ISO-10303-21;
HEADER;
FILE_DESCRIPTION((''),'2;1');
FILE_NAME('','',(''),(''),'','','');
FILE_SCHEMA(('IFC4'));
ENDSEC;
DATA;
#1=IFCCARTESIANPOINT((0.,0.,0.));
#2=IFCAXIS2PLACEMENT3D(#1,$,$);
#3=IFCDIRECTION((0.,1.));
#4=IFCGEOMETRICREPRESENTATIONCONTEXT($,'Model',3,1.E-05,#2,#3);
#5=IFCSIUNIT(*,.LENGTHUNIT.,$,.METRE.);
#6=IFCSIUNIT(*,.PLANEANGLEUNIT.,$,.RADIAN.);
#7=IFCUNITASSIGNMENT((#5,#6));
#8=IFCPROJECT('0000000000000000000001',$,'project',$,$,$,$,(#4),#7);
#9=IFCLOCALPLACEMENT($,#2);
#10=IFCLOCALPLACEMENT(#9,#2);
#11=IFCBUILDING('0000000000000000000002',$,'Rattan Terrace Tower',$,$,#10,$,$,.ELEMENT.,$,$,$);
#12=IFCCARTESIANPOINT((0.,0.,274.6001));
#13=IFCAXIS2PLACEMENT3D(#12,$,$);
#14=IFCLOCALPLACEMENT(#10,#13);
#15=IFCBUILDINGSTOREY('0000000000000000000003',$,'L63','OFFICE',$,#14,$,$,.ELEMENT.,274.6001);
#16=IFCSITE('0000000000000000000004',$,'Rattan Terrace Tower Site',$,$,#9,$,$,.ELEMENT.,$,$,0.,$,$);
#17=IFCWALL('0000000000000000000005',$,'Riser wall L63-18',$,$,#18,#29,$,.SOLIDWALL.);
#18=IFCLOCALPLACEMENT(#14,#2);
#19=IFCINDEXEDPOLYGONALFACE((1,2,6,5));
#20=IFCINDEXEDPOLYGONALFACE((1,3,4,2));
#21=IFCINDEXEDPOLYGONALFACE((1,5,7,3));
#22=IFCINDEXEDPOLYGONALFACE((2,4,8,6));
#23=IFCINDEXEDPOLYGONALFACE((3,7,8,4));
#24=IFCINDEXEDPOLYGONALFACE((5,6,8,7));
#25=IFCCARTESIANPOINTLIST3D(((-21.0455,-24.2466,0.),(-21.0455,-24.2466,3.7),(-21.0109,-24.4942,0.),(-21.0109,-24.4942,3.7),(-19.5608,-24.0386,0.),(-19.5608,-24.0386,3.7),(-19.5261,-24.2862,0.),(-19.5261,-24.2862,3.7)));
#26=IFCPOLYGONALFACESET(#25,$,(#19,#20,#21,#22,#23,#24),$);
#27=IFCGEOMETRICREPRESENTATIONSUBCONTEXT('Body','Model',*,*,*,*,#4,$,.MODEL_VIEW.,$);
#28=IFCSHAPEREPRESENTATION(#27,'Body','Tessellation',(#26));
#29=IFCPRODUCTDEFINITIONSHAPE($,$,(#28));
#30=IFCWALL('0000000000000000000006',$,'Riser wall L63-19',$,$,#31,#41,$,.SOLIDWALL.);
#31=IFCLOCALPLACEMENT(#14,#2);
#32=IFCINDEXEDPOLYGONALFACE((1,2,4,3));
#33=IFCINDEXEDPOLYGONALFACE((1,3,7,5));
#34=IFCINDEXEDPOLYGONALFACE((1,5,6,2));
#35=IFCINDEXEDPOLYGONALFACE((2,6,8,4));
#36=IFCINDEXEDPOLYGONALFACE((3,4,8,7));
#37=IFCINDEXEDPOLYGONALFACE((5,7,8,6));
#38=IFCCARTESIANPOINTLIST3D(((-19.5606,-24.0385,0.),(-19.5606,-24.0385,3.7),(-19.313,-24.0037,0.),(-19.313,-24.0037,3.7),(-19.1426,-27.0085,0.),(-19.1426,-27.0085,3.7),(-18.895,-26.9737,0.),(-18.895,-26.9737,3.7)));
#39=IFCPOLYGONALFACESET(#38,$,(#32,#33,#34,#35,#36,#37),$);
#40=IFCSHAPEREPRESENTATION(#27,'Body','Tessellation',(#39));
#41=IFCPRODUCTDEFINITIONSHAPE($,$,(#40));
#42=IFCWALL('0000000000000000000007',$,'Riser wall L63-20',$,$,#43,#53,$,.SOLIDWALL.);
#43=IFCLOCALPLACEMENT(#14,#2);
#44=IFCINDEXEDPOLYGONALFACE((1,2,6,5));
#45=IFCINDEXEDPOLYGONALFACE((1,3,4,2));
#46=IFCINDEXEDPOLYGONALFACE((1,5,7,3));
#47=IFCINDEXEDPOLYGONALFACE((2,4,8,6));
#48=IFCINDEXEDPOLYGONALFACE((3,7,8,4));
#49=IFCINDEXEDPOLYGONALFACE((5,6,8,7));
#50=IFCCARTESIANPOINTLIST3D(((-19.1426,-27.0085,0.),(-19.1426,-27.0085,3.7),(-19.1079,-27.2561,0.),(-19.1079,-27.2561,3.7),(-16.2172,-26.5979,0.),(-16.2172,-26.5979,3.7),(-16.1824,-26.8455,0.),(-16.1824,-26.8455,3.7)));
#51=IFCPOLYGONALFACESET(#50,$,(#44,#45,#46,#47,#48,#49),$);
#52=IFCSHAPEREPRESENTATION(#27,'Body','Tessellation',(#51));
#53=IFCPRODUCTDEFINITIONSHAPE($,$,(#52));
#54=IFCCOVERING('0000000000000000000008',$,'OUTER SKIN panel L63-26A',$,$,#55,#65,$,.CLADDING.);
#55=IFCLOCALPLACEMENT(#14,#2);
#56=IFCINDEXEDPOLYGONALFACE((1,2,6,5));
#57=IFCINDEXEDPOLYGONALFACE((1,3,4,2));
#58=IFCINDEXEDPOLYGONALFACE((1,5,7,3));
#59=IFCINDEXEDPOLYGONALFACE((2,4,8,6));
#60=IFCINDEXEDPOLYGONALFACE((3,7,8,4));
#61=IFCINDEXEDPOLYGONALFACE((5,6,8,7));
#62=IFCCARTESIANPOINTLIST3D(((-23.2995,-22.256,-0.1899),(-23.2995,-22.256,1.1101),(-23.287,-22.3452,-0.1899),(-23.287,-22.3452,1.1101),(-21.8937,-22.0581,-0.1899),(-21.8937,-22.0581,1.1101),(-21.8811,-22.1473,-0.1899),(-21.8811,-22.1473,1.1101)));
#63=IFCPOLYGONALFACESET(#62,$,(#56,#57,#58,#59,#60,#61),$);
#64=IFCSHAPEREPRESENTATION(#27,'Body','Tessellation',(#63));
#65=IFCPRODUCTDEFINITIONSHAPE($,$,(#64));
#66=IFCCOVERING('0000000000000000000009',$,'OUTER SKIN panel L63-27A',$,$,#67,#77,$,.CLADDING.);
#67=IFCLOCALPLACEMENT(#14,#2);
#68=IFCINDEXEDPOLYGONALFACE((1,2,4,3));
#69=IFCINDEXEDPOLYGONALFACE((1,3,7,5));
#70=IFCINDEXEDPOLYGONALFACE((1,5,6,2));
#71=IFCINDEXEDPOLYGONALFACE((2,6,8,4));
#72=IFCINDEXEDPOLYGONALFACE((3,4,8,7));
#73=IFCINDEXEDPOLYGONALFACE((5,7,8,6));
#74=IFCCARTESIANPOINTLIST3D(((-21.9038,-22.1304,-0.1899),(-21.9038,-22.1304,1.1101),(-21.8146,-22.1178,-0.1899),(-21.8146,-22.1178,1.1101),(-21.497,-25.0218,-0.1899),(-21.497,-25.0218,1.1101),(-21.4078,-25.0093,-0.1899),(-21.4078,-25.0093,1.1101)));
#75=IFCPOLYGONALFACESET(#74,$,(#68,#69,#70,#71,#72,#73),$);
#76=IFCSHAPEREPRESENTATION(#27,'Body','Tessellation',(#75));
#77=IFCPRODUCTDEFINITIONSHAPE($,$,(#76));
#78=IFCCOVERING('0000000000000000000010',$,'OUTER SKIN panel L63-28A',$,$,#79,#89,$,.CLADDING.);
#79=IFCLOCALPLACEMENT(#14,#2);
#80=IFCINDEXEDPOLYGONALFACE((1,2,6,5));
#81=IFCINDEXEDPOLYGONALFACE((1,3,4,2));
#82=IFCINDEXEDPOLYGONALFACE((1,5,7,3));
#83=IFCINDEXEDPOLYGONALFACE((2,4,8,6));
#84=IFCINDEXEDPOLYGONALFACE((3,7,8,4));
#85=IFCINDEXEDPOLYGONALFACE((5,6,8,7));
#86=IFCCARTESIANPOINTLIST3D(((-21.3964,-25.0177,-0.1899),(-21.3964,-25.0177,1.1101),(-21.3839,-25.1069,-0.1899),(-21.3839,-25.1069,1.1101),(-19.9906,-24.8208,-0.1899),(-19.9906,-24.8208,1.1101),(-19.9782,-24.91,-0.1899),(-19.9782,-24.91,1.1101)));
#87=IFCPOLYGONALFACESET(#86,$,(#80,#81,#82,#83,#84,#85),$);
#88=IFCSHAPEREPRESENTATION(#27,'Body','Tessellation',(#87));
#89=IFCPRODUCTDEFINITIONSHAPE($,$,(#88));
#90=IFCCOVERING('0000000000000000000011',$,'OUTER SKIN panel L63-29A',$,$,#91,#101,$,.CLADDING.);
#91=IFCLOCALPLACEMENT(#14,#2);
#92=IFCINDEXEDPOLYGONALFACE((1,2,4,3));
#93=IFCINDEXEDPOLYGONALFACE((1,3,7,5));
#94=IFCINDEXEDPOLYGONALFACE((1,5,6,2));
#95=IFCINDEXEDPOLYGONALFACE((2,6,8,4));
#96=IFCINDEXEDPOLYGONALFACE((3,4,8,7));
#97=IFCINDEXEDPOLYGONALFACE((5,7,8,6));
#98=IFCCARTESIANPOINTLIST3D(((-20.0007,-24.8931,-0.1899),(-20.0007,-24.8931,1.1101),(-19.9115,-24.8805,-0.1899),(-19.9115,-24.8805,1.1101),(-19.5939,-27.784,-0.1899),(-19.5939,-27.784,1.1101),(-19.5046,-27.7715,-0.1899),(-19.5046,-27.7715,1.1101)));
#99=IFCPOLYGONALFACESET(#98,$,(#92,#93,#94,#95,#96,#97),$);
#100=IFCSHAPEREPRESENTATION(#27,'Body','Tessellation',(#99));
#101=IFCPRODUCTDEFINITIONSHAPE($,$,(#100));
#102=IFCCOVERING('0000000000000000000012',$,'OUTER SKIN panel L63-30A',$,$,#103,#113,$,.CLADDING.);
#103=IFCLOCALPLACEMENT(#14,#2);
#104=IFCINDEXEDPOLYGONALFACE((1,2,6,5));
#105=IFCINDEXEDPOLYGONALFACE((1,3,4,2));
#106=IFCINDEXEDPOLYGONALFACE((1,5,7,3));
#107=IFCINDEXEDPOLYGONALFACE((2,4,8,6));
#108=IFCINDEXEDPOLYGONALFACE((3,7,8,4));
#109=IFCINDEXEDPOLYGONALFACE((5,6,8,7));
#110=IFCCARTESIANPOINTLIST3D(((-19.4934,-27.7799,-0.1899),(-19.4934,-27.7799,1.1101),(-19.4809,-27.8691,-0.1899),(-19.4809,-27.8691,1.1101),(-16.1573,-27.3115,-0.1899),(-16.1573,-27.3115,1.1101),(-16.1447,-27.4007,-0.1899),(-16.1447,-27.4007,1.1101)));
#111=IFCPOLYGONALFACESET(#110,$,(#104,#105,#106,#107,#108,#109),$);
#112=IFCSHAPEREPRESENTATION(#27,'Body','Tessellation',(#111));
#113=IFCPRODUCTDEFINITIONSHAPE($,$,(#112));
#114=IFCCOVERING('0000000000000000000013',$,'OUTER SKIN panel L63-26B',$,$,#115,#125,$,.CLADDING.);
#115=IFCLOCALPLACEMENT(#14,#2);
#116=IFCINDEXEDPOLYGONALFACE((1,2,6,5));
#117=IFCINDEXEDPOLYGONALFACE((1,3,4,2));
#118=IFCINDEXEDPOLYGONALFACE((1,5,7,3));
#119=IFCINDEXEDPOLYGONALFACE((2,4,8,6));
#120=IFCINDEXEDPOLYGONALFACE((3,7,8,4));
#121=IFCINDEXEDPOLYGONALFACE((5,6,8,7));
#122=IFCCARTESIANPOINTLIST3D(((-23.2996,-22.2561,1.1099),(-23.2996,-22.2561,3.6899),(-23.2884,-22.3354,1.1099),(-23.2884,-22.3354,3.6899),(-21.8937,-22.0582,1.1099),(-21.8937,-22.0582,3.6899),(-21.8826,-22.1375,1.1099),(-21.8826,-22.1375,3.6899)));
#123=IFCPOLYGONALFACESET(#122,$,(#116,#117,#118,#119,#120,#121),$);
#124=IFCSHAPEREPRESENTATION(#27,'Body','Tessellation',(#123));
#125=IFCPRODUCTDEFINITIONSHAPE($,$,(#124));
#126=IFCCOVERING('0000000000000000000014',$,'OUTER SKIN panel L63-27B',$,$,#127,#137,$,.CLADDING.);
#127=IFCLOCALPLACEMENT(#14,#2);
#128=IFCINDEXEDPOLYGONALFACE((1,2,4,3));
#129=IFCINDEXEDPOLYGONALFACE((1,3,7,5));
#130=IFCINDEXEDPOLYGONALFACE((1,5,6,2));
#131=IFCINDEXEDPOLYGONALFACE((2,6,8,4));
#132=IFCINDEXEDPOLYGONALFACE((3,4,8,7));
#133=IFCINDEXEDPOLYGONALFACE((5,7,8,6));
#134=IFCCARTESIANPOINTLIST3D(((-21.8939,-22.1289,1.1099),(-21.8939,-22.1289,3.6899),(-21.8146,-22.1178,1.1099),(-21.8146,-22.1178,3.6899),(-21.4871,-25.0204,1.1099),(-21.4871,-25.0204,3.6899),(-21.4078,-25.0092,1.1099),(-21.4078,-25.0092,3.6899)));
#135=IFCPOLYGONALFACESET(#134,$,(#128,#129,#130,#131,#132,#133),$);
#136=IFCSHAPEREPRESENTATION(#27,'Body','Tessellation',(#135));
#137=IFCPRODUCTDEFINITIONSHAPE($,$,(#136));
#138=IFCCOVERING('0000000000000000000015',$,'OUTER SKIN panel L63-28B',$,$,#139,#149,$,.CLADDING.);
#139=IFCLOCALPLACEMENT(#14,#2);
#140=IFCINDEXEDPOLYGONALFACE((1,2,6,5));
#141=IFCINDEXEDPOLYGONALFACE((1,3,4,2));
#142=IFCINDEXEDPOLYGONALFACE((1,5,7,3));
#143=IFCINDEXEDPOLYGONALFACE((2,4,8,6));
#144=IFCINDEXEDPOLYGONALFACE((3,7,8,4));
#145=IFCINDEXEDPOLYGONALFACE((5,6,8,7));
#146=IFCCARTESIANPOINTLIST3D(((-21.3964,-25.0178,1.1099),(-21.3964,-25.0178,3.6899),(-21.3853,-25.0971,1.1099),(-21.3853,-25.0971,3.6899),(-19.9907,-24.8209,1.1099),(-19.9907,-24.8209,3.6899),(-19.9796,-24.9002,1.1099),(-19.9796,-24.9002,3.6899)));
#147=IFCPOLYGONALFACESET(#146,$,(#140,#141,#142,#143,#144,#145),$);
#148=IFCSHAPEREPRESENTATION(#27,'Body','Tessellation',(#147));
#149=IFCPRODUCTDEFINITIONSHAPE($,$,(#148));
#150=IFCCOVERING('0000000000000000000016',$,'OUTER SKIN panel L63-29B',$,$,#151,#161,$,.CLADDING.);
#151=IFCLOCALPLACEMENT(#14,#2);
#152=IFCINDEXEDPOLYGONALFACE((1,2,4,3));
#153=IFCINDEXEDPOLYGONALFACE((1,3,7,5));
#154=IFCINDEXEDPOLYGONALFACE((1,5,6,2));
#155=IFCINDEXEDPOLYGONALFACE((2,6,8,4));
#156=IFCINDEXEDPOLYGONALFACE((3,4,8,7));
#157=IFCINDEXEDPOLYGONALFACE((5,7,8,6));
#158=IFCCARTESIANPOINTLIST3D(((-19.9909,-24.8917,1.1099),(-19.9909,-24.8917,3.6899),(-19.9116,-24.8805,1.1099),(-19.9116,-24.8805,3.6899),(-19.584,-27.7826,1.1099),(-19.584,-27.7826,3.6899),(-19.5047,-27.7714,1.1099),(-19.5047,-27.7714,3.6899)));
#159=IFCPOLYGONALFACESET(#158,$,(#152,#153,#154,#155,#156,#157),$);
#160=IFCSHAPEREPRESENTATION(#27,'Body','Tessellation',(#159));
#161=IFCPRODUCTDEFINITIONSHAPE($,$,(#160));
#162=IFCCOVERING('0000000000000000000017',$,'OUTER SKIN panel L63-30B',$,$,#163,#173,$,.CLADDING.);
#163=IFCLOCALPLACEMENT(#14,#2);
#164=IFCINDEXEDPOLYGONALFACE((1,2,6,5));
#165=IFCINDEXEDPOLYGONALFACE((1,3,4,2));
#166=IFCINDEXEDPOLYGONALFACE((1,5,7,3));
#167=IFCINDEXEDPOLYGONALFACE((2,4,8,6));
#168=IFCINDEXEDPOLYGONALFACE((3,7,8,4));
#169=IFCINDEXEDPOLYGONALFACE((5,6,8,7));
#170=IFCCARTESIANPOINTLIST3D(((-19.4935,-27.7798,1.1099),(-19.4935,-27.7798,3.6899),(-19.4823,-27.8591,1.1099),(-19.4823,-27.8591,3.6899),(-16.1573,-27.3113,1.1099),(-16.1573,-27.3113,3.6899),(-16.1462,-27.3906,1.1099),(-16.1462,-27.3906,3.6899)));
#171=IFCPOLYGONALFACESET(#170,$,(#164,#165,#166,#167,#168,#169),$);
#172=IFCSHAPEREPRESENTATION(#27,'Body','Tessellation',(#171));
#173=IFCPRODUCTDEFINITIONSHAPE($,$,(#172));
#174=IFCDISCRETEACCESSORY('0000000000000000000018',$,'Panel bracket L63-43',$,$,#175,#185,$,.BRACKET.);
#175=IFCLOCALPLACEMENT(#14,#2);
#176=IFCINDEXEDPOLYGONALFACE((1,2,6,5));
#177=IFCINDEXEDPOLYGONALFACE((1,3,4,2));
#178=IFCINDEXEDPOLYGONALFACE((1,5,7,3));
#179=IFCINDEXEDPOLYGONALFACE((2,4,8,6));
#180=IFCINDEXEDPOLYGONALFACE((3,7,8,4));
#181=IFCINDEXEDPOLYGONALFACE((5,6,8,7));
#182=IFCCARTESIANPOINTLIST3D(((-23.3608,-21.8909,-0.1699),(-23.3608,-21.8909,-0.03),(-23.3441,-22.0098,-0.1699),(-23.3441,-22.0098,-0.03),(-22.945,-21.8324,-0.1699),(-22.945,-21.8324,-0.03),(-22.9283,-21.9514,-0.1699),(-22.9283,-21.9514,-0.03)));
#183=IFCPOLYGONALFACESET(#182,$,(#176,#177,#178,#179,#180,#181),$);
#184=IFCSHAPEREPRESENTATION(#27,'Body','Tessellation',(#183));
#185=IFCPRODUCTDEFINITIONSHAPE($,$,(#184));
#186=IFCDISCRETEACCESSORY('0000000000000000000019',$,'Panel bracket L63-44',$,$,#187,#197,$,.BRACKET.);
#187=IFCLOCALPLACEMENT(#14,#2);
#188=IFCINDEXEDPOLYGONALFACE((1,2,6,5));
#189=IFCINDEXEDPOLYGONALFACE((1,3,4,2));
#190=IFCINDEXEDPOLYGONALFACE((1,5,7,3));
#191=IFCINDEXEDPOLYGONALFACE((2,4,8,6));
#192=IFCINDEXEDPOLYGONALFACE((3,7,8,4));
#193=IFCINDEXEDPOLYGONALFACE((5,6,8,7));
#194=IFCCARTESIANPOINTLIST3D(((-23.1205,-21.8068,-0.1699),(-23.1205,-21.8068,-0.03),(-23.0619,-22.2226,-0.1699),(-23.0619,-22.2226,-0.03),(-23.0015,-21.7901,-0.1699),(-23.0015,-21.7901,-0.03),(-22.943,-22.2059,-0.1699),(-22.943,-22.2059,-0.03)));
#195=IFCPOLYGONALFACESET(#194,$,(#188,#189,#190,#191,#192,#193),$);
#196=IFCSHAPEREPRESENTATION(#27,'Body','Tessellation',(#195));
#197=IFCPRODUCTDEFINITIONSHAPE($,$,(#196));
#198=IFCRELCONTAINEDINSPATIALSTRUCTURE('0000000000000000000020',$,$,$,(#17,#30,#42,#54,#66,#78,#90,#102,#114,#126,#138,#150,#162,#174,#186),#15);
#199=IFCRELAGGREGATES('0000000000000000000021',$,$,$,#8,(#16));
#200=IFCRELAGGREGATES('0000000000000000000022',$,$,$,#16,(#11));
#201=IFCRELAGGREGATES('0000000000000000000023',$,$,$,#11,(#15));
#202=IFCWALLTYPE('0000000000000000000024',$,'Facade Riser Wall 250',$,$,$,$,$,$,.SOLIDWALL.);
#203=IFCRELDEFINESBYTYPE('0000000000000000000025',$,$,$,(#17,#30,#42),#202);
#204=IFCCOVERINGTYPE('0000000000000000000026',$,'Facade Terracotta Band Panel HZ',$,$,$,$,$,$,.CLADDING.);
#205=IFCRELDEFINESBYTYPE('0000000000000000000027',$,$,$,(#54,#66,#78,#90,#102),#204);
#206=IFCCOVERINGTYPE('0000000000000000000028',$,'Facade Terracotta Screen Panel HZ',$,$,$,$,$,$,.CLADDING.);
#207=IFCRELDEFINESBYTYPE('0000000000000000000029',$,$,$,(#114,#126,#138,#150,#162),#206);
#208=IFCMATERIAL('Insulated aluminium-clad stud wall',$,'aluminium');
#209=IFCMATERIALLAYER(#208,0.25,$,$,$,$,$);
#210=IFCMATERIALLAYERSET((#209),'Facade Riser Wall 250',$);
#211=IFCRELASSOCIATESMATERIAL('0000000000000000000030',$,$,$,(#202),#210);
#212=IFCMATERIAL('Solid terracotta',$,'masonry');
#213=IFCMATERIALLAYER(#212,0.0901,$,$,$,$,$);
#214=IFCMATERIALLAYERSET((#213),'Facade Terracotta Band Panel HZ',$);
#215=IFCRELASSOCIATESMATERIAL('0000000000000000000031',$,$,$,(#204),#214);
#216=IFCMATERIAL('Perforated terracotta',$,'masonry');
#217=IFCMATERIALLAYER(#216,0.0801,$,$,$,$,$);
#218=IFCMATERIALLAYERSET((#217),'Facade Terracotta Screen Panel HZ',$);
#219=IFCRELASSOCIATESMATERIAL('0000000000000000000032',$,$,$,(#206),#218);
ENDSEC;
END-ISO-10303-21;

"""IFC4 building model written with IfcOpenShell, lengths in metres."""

from ifc_helpers import new_model, si_unit, direction, frame, frame_2d, origin, origin_2d, place, context, subcontext, project, spatial, rectangle, extrude, material, layer, layer_set, type_object, element, save


model = new_model("IFC4")

# Units and contexts
model_context = context("Model", 3, precision=1e-05, world=origin(), true_north=direction((0.0, 1.0)))
body_context = subcontext(model_context, "Body", "Model", "MODEL_VIEW")
ifc_project = project(units=[si_unit("LENGTHUNIT", "METRE"), si_unit("PLANEANGLEUNIT", "RADIAN")], contexts=[model_context])

# Site, building, storey
site_placement = place(None, origin())
site = spatial("IfcSite", under=ifc_project, at=site_placement, Name="Rattan Terrace Tower Site", CompositionType="ELEMENT", RefElevation=0.0)
building_placement = place(site_placement, origin())
building = spatial("IfcBuilding", under=site, at=building_placement, Name="Rattan Terrace Tower", CompositionType="ELEMENT")
storey_placement = place(building_placement, frame((0.0, 0.0, 274.6001)))
storey = spatial("IfcBuildingStorey", under=building, at=storey_placement, Name="L63", Description="OFFICE", CompositionType="ELEMENT", Elevation=274.6001)

# Walls
ifc_material_1 = material(Name="Insulated aluminium-clad stud wall", Category="aluminium")
ifc_layer_1 = layer(ifc_material_1, 0.25)
ifc_layer_set_1 = layer_set([ifc_layer_1], Name="Facade Riser Wall 250")
wall_type = type_object("IfcWallType", Name="Facade Riser Wall 250", PredefinedType="SOLIDWALL", material=ifc_layer_set_1)
wall_1_placement = place(storey_placement, frame((-21.0281, -24.3704, 0.0), z_axis=(0.0, 0.0, 1.0), x_axis=(0.99033, 0.138731, 0.0)))
element("IfcWall", 1, at=wall_1_placement, inside=storey, type_object=wall_type, Name="Riser wall L63-18", PredefinedType="SOLIDWALL", context=body_context, shape_type="SweptSolid", body=[
    extrude(rectangle(XDim=1.4993, YDim=0.25, at=frame_2d((0.7495, 0.0))), origin(), (0.0, 0.0, 1.0), 3.7),
])
wall_2_placement = place(storey_placement, frame((-19.4368, -24.0212, 0.0), z_axis=(0.0, 0.0, 1.0), x_axis=(0.139358, -0.990242, 0.0)))
element("IfcWall", 2, at=wall_2_placement, inside=storey, type_object=wall_type, Name="Riser wall L63-19", PredefinedType="SOLIDWALL", context=body_context, shape_type="SweptSolid", body=[
    extrude(rectangle(XDim=2.9993, YDim=0.25, at=frame_2d((1.4995, 0.0))), origin(), (0.0, 0.0, 1.0), 3.7),
])
wall_3_placement = place(storey_placement, frame((-19.1252, -27.1323, 0.0), z_axis=(0.0, 0.0, 1.0), x_axis=(0.990292, 0.139003, 0.0)))
element("IfcWall", 3, at=wall_3_placement, inside=storey, type_object=wall_type, Name="Riser wall L63-20", PredefinedType="SOLIDWALL", context=body_context, shape_type="SweptSolid", body=[
    extrude(rectangle(XDim=2.9541, YDim=0.25, at=frame_2d((1.4771, 0.0))), origin(), (0.0, 0.0, 1.0), 3.7),
])

# Coverings
ifc_material_2 = material(Name="Solid terracotta", Category="masonry")
ifc_layer_2 = layer(ifc_material_2, 0.0901)
ifc_layer_set_2 = layer_set([ifc_layer_2], Name="Facade Terracotta Band Panel HZ")
covering_type_1 = type_object("IfcCoveringType", Name="Facade Terracotta Band Panel HZ", PredefinedType="CLADDING", material=ifc_layer_set_2)
covering_1_placement = place(storey_placement, frame((-22.5903, -22.2017, -0.1899), z_axis=(0.0, 0.0, 1.0), x_axis=(0.990241, 0.139367, 0.0)))
element("IfcCovering", 4, at=covering_1_placement, inside=storey, type_object=covering_type_1, Name="OUTER SKIN panel L63-26A", PredefinedType="CLADDING", context=body_context, shape_type="SweptSolid", body=[
    extrude(rectangle(XDim=1.4197, YDim=0.0901, at=origin_2d()), origin(), (0.0, 0.0, 1.0), 1.3),
])
covering_2_placement = place(storey_placement, frame((-21.6558, -23.5698, -0.1899), z_axis=(0.0, 0.0, 1.0), x_axis=(0.139321, -0.990247, 0.0)))
element("IfcCovering", 5, at=covering_2_placement, inside=storey, type_object=covering_type_1, Name="OUTER SKIN panel L63-27A", PredefinedType="CLADDING", context=body_context, shape_type="SweptSolid", body=[
    extrude(rectangle(XDim=2.9199, YDim=0.0901, at=origin_2d()), origin(), (0.0, 0.0, 1.0), 1.3),
])
covering_3_placement = place(storey_placement, frame((-20.6873, -24.9639, -0.1899), z_axis=(0.0, 0.0, 1.0), x_axis=(0.990333, 0.138713, 0.0)))
element("IfcCovering", 6, at=covering_3_placement, inside=storey, type_object=covering_type_1, Name="OUTER SKIN panel L63-28A", PredefinedType="CLADDING", context=body_context, shape_type="SweptSolid", body=[
    extrude(rectangle(XDim=1.4194, YDim=0.0901, at=origin_2d()), origin(), (0.0, 0.0, 1.0), 1.3),
])
covering_4_placement = place(storey_placement, frame((-19.7527, -26.3323, -0.1899), z_axis=(0.0, 0.0, 1.0), x_axis=(0.139367, -0.990241, 0.0)))
element("IfcCovering", 7, at=covering_4_placement, inside=storey, type_object=covering_type_1, Name="OUTER SKIN panel L63-29A", PredefinedType="CLADDING", context=body_context, shape_type="SweptSolid", body=[
    extrude(rectangle(XDim=2.9194, YDim=0.0901, at=origin_2d()), origin(), (0.0, 0.0, 1.0), 1.3),
])
covering_5_placement = place(storey_placement, frame((-17.8191, -27.5903, -0.1899), z_axis=(0.0, 0.0, 1.0), x_axis=(0.990287, 0.13904, 0.0)))
element("IfcCovering", 8, at=covering_5_placement, inside=storey, type_object=covering_type_1, Name="OUTER SKIN panel L63-30A", PredefinedType="CLADDING", context=body_context, shape_type="SweptSolid", body=[
    extrude(rectangle(XDim=3.3689, YDim=0.0901, at=origin_2d()), origin(), (0.0, 0.0, 1.0), 1.3),
])
ifc_material_3 = material(Name="Perforated terracotta", Category="masonry")
ifc_layer_3 = layer(ifc_material_3, 0.0801)
ifc_layer_set_3 = layer_set([ifc_layer_3], Name="Facade Terracotta Screen Panel HZ")
covering_type_2 = type_object("IfcCoveringType", Name="Facade Terracotta Screen Panel HZ", PredefinedType="CLADDING", material=ifc_layer_set_3)
covering_6_placement = place(storey_placement, frame((-22.5911, -22.1968, 1.1099), z_axis=(0.0, 0.0, 1.0), x_axis=(0.990241, 0.139367, 0.0)))
element("IfcCovering", 9, at=covering_6_placement, inside=storey, type_object=covering_type_2, Name="OUTER SKIN panel L63-26B", PredefinedType="CLADDING", context=body_context, shape_type="SweptSolid", body=[
    extrude(rectangle(XDim=1.4197, YDim=0.0801, at=origin_2d()), origin(), (0.0, 0.0, 1.0), 2.5801),
])
covering_7_placement = place(storey_placement, frame((-21.6509, -23.5691, 1.1099), z_axis=(0.0, 0.0, 1.0), x_axis=(0.139321, -0.990247, 0.0)))
element("IfcCovering", 10, at=covering_7_placement, inside=storey, type_object=covering_type_2, Name="OUTER SKIN panel L63-27B", PredefinedType="CLADDING", context=body_context, shape_type="SweptSolid", body=[
    extrude(rectangle(XDim=2.9199, YDim=0.0801, at=origin_2d()), origin(), (0.0, 0.0, 1.0), 2.5801),
])
covering_8_placement = place(storey_placement, frame((-20.688, -24.959, 1.1099), z_axis=(0.0, 0.0, 1.0), x_axis=(0.990333, 0.138713, 0.0)))
element("IfcCovering", 11, at=covering_8_placement, inside=storey, type_object=covering_type_2, Name="OUTER SKIN panel L63-28B", PredefinedType="CLADDING", context=body_context, shape_type="SweptSolid", body=[
    extrude(rectangle(XDim=1.4194, YDim=0.0801, at=origin_2d()), origin(), (0.0, 0.0, 1.0), 2.5801),
])
covering_9_placement = place(storey_placement, frame((-19.7478, -26.3315, 1.1099), z_axis=(0.0, 0.0, 1.0), x_axis=(0.139367, -0.990241, 0.0)))
element("IfcCovering", 12, at=covering_9_placement, inside=storey, type_object=covering_type_2, Name="OUTER SKIN panel L63-29B", PredefinedType="CLADDING", context=body_context, shape_type="SweptSolid", body=[
    extrude(rectangle(XDim=2.9194, YDim=0.0801, at=origin_2d()), origin(), (0.0, 0.0, 1.0), 2.5801),
])
covering_10_placement = place(storey_placement, frame((-17.8198, -27.5852, 1.1099), z_axis=(0.0, 0.0, 1.0), x_axis=(0.990287, 0.13904, 0.0)))
element("IfcCovering", 13, at=covering_10_placement, inside=storey, type_object=covering_type_2, Name="OUTER SKIN panel L63-30B", PredefinedType="CLADDING", context=body_context, shape_type="SweptSolid", body=[
    extrude(rectangle(XDim=3.3689, YDim=0.0801, at=origin_2d()), origin(), (0.0, 0.0, 1.0), 2.5801),
])

# Discrete accessories
for number, where, z_axis, x_axis, name in (
    (14, (-23.1445, -21.9211, -0.1699), (0.0, 0.0, 1.0), (0.139192, -0.990265, 0.0), "Panel bracket L63-43"),
    (15, (-23.0317, -22.0063, -0.1699), (0.0, 0.0, 1.0), (0.990241, 0.139367, 0.0), "Panel bracket L63-44"),
):
    element("IfcDiscreteAccessory", number, at=place(storey_placement, frame(where, z_axis=z_axis, x_axis=x_axis)), inside=storey, Name=name, PredefinedType="BRACKET", context=body_context, shape_type="SweptSolid", body=[
        extrude(rectangle(XDim=0.1201, YDim=0.4199, at=origin_2d()), origin(), (0.0, 0.0, 1.0), 0.1399),
    ])

save(model, "model.ifc")
